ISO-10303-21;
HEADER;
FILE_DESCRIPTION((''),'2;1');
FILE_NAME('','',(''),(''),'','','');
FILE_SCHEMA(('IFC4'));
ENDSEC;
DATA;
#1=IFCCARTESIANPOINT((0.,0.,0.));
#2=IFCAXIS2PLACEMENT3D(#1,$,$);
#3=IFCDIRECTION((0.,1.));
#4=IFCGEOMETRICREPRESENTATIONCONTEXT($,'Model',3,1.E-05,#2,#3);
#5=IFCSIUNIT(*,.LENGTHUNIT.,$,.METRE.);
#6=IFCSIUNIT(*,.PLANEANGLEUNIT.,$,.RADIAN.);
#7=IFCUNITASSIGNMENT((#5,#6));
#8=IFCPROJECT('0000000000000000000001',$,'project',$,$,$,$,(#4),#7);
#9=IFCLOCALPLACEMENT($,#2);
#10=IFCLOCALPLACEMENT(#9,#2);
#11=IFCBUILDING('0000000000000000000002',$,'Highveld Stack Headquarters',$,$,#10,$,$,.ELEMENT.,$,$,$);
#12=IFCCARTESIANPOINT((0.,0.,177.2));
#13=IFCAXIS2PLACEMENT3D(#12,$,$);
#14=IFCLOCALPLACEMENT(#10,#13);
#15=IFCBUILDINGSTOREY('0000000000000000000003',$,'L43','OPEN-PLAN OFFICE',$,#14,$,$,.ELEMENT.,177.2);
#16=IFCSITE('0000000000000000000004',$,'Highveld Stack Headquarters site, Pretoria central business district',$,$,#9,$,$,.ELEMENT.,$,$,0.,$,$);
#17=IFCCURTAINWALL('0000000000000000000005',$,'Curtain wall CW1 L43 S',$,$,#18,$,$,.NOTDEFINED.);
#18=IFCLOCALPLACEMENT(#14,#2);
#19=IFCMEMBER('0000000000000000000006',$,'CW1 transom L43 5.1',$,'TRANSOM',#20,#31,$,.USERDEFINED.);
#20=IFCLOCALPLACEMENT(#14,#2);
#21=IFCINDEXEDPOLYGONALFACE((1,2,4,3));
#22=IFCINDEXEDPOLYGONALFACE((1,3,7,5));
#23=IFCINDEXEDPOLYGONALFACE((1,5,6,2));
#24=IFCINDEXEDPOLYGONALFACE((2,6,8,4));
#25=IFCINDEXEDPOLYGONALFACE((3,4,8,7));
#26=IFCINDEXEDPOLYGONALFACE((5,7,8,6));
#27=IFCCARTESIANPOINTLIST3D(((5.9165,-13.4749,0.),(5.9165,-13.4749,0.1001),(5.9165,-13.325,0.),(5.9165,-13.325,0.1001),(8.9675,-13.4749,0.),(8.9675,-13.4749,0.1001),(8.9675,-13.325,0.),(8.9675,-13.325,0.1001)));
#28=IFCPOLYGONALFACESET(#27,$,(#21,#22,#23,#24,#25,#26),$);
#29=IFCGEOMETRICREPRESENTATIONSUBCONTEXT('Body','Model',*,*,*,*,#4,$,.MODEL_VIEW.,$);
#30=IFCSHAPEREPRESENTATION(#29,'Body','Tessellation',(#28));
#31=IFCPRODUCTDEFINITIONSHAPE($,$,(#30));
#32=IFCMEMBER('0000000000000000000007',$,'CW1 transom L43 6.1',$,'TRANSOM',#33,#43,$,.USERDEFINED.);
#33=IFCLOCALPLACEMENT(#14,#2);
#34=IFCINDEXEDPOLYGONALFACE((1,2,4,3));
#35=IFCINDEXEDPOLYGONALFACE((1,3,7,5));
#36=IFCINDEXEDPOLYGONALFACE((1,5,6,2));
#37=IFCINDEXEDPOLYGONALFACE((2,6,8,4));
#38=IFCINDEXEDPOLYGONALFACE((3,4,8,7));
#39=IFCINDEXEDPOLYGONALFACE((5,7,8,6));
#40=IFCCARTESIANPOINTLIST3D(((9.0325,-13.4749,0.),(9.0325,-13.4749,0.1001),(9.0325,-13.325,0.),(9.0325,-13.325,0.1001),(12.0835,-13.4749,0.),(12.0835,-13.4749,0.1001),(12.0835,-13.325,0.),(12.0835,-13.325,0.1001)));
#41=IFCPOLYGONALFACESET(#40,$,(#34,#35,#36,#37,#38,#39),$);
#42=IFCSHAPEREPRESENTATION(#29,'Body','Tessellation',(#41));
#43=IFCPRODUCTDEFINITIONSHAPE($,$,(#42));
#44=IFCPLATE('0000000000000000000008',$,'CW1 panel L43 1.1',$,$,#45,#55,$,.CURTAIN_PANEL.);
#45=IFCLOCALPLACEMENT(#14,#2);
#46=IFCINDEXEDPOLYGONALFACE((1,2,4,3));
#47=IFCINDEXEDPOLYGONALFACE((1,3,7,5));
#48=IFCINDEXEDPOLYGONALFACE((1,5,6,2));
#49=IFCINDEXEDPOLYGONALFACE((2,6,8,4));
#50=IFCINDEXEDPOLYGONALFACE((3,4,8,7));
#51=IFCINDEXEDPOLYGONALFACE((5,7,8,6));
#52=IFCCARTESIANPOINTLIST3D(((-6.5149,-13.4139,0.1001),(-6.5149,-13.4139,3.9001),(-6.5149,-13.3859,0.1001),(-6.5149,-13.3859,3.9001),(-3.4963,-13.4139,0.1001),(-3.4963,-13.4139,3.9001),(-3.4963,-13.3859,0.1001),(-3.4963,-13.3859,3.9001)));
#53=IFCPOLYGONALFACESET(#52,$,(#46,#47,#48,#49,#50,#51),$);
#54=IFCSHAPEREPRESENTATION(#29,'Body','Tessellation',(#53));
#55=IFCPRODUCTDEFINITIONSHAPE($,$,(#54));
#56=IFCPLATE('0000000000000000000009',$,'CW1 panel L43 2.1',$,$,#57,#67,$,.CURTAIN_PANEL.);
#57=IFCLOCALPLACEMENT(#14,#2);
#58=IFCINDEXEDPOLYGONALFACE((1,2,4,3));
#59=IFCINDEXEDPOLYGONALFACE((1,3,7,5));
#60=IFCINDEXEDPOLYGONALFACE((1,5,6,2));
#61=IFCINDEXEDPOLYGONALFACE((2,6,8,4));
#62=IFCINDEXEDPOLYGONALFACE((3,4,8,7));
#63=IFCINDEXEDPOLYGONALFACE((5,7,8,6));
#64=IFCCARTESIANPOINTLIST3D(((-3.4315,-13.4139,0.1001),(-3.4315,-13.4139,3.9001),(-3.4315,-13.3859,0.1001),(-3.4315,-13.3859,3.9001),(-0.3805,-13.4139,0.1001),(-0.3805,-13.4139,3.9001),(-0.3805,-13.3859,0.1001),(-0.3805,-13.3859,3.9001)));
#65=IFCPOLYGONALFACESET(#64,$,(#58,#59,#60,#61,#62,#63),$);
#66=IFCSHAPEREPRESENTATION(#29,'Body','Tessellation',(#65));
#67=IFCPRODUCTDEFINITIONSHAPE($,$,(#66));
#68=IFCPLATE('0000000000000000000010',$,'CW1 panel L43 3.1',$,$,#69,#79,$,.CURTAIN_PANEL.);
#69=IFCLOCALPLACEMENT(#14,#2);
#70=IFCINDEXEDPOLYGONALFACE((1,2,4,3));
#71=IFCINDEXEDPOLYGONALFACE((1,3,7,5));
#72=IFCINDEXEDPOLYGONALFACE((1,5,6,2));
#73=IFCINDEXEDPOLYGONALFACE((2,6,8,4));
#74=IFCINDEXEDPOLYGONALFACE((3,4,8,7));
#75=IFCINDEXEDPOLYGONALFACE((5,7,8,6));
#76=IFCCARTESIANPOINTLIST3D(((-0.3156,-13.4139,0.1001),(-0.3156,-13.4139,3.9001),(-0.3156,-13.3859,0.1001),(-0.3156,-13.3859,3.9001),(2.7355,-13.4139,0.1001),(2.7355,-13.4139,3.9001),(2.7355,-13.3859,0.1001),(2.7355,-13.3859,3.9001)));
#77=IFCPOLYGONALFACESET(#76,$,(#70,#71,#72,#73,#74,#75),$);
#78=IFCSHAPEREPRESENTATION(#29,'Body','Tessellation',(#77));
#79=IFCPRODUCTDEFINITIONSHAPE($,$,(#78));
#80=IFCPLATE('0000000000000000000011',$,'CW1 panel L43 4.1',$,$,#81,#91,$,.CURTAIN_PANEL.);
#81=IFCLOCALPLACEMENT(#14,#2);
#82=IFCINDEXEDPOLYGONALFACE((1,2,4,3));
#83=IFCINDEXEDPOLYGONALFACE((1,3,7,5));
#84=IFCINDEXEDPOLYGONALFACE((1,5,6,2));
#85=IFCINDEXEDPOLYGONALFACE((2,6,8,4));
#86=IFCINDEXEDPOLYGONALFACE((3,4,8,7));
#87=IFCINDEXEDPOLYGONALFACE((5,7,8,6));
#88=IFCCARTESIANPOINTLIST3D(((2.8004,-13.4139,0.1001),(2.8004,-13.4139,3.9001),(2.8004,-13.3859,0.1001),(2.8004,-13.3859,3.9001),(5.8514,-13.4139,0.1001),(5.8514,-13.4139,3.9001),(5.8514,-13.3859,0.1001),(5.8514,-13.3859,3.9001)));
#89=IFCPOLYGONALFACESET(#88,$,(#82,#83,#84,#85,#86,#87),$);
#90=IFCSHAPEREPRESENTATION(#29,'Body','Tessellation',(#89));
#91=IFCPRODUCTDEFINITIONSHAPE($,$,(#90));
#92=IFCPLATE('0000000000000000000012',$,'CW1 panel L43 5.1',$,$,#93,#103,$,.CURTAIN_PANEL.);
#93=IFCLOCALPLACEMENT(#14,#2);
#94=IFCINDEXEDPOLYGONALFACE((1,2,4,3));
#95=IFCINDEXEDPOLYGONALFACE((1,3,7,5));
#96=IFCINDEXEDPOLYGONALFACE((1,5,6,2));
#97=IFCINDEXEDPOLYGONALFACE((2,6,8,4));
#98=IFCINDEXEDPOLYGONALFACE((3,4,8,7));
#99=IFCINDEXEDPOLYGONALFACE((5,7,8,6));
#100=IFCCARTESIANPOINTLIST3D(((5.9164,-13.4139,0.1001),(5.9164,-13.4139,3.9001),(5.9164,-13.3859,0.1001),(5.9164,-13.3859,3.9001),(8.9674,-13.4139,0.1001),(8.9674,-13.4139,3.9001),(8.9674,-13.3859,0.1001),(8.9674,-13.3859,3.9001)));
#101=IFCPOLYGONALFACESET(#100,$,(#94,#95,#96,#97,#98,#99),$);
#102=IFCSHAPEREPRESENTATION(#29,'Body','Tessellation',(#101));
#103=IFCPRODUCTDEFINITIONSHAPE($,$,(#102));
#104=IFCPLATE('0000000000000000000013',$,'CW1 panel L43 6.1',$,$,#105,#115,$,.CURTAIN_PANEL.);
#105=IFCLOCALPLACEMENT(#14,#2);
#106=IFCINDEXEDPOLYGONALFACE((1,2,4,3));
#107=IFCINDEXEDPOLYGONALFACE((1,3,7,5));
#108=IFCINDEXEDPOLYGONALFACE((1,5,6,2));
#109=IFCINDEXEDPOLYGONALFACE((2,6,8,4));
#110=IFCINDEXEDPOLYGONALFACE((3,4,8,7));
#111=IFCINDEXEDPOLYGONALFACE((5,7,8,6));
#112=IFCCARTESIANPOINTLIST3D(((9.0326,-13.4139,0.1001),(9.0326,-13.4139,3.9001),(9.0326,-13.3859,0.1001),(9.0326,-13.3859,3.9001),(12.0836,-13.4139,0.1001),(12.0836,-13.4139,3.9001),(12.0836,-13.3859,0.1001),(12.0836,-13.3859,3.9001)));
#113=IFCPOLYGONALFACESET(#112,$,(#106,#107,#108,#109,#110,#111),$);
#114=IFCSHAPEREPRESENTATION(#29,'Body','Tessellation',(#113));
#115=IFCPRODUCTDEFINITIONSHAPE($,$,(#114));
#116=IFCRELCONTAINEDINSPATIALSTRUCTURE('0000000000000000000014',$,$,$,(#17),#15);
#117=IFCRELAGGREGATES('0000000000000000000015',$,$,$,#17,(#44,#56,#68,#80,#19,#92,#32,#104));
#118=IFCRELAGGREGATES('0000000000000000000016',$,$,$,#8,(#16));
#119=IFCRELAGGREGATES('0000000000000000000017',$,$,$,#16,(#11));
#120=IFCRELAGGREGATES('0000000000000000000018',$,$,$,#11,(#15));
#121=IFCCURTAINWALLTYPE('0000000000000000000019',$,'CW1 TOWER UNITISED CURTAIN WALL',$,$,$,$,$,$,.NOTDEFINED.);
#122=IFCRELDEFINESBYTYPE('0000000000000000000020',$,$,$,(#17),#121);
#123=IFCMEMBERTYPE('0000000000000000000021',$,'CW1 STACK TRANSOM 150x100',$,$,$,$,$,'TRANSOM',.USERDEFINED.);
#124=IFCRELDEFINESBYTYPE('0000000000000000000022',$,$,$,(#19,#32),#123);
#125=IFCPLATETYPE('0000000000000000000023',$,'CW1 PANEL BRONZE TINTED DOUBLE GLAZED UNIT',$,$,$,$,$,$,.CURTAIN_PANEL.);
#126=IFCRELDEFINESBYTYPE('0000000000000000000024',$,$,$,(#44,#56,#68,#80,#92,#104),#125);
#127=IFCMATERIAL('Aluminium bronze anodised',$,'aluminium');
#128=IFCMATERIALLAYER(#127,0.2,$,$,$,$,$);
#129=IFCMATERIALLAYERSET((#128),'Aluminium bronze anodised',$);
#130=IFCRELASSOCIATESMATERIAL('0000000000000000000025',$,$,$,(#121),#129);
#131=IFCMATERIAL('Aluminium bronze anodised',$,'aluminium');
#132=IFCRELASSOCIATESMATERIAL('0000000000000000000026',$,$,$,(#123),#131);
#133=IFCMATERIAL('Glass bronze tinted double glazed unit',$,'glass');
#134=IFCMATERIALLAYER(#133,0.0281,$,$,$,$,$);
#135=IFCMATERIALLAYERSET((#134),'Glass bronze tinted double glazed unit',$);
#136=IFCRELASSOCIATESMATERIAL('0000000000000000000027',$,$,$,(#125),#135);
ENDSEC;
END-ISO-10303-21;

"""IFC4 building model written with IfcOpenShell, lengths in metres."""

from ifc_helpers import new_model, si_unit, direction, frame, origin, origin_2d, place, context, subcontext, project, spatial, rectangle, extrude, material, layer, layer_set, material_profile, profile_set, type_object, element, aggregate, save


model = new_model("IFC4")

# Units and contexts
model_context = context("Model", 3, precision=1e-05, world=origin(), true_north=direction((0.0, 1.0)))
body_context = subcontext(model_context, "Body", "Model", "MODEL_VIEW")
ifc_project = project(units=[si_unit("LENGTHUNIT", "METRE"), si_unit("PLANEANGLEUNIT", "RADIAN")], contexts=[model_context])

# Site, building, storey
site_placement = place(None, origin())
site = spatial("IfcSite", under=ifc_project, at=site_placement, Name="Highveld Stack Headquarters site, Pretoria central business district", CompositionType="ELEMENT", RefElevation=0.0)
building_placement = place(site_placement, origin())
building = spatial("IfcBuilding", under=site, at=building_placement, Name="Highveld Stack Headquarters", CompositionType="ELEMENT")
storey_placement = place(building_placement, frame((0.0, 0.0, 177.2)))
storey = spatial("IfcBuildingStorey", under=building, at=storey_placement, Name="L43", Description="OPEN-PLAN OFFICE", CompositionType="ELEMENT", Elevation=177.2)

# Curtain wall, members, plates
ifc_material_1 = material(Name="Aluminium bronze anodised", Category="aluminium")
ifc_layer_1 = layer(ifc_material_1, 0.2)
ifc_layer_set_1 = layer_set([ifc_layer_1], Name="Aluminium bronze anodised")
curtain_wall_type = type_object("IfcCurtainWallType", Name="CW1 TOWER UNITISED CURTAIN WALL", PredefinedType="NOTDEFINED", material=ifc_layer_set_1)
curtain_wall_placement = place(storey_placement, origin())
curtain_wall = element("IfcCurtainWall", 1, at=curtain_wall_placement, inside=storey, type_object=curtain_wall_type, Name="Curtain wall CW1 L43 S", PredefinedType="NOTDEFINED")
ifc_material_2 = material(Name="Aluminium bronze anodised", Category="aluminium")
ifc_material_profile_1 = material_profile(ifc_material_2, rectangle(XDim=0.1499, YDim=0.1001, at=origin_2d()), Name="CW1 TRANSOM 150x100")
ifc_profile_set_1 = profile_set([ifc_material_profile_1], Name="Aluminium bronze anodised")
member_type_1 = type_object("IfcMemberType", Name="CW1 STACK TRANSOM 150x100", ElementType="TRANSOM", PredefinedType="USERDEFINED", material=ifc_profile_set_1)
member_1_placement = place(storey_placement, frame((5.9165, -13.3999, 0.05), z_axis=(1.0, 0.0, 0.0), x_axis=(0.0, 1.0, 0.0)))
member_1 = element("IfcMember", 2, at=member_1_placement, type_object=member_type_1, Name="CW1 transom L43 5.1", ObjectType="TRANSOM", PredefinedType="USERDEFINED", context=body_context, shape_type="SweptSolid", body=[
    extrude(rectangle(XDim=0.1499, YDim=0.1001, at=origin_2d()), origin(), (0.0, 0.0, 1.0), 3.051),
])
member_2_placement = place(storey_placement, frame((9.0325, -13.3999, 0.05), z_axis=(1.0, 0.0, 0.0), x_axis=(0.0, 1.0, 0.0)))
member_2 = element("IfcMember", 3, at=member_2_placement, type_object=member_type_1, Name="CW1 transom L43 6.1", ObjectType="TRANSOM", PredefinedType="USERDEFINED", context=body_context, shape_type="SweptSolid", body=[
    extrude(rectangle(XDim=0.1499, YDim=0.1001, at=origin_2d()), origin(), (0.0, 0.0, 1.0), 3.051),
])
ifc_material_3 = material(Name="Glass bronze tinted double glazed unit", Category="glass")
ifc_layer_2 = layer(ifc_material_3, 0.0281)
ifc_layer_set_2 = layer_set([ifc_layer_2], Name="Glass bronze tinted double glazed unit")
plate_type = type_object("IfcPlateType", Name="CW1 PANEL BRONZE TINTED DOUBLE GLAZED UNIT", PredefinedType="CURTAIN_PANEL", material=ifc_layer_set_2)
plate_1_placement = place(storey_placement, frame((-5.0056, -13.3999, 0.1001), z_axis=(0.0, 0.0, 1.0), x_axis=(1.0, 0.0, 0.0)))
plate_1 = element("IfcPlate", 4, at=plate_1_placement, type_object=plate_type, Name="CW1 panel L43 1.1", PredefinedType="CURTAIN_PANEL", context=body_context, shape_type="SweptSolid", body=[
    extrude(rectangle(XDim=3.0186, YDim=0.0281, at=origin_2d()), origin(), (0.0, 0.0, 1.0), 3.8),
])
plate_2_placement = place(storey_placement, frame((-1.906, -13.3999, 0.1001), z_axis=(0.0, 0.0, 1.0), x_axis=(1.0, 0.0, 0.0)))
plate_2 = element("IfcPlate", 5, at=plate_2_placement, type_object=plate_type, Name="CW1 panel L43 2.1", PredefinedType="CURTAIN_PANEL", context=body_context, shape_type="SweptSolid", body=[
    extrude(rectangle(XDim=3.051, YDim=0.0281, at=origin_2d()), origin(), (0.0, 0.0, 1.0), 3.8),
])
plate_3_placement = place(storey_placement, frame((1.21, -13.3999, 0.1001), z_axis=(0.0, 0.0, 1.0), x_axis=(1.0, 0.0, 0.0)))
plate_3 = element("IfcPlate", 6, at=plate_3_placement, type_object=plate_type, Name="CW1 panel L43 3.1", PredefinedType="CURTAIN_PANEL", context=body_context, shape_type="SweptSolid", body=[
    extrude(rectangle(XDim=3.051, YDim=0.0281, at=origin_2d()), origin(), (0.0, 0.0, 1.0), 3.8),
])
plate_4_placement = place(storey_placement, frame((4.3259, -13.3999, 0.1001), z_axis=(0.0, 0.0, 1.0), x_axis=(1.0, 0.0, 0.0)))
plate_4 = element("IfcPlate", 7, at=plate_4_placement, type_object=plate_type, Name="CW1 panel L43 4.1", PredefinedType="CURTAIN_PANEL", context=body_context, shape_type="SweptSolid", body=[
    extrude(rectangle(XDim=3.051, YDim=0.0281, at=origin_2d()), origin(), (0.0, 0.0, 1.0), 3.8),
])
plate_5_placement = place(storey_placement, frame((7.4419, -13.3999, 0.1001), z_axis=(0.0, 0.0, 1.0), x_axis=(1.0, 0.0, 0.0)))
plate_5 = element("IfcPlate", 8, at=plate_5_placement, type_object=plate_type, Name="CW1 panel L43 5.1", PredefinedType="CURTAIN_PANEL", context=body_context, shape_type="SweptSolid", body=[
    extrude(rectangle(XDim=3.051, YDim=0.0281, at=origin_2d()), origin(), (0.0, 0.0, 1.0), 3.8),
])
plate_6_placement = place(storey_placement, frame((10.5581, -13.3999, 0.1001), z_axis=(0.0, 0.0, 1.0), x_axis=(1.0, 0.0, 0.0)))
plate_6 = element("IfcPlate", 9, at=plate_6_placement, type_object=plate_type, Name="CW1 panel L43 6.1", PredefinedType="CURTAIN_PANEL", context=body_context, shape_type="SweptSolid", body=[
    extrude(rectangle(XDim=3.051, YDim=0.0281, at=origin_2d()), origin(), (0.0, 0.0, 1.0), 3.8),
])
aggregate(curtain_wall, [plate_1, plate_2, plate_3, plate_4, member_1, plate_5, member_2, plate_6])

save(model, "model.ifc")
